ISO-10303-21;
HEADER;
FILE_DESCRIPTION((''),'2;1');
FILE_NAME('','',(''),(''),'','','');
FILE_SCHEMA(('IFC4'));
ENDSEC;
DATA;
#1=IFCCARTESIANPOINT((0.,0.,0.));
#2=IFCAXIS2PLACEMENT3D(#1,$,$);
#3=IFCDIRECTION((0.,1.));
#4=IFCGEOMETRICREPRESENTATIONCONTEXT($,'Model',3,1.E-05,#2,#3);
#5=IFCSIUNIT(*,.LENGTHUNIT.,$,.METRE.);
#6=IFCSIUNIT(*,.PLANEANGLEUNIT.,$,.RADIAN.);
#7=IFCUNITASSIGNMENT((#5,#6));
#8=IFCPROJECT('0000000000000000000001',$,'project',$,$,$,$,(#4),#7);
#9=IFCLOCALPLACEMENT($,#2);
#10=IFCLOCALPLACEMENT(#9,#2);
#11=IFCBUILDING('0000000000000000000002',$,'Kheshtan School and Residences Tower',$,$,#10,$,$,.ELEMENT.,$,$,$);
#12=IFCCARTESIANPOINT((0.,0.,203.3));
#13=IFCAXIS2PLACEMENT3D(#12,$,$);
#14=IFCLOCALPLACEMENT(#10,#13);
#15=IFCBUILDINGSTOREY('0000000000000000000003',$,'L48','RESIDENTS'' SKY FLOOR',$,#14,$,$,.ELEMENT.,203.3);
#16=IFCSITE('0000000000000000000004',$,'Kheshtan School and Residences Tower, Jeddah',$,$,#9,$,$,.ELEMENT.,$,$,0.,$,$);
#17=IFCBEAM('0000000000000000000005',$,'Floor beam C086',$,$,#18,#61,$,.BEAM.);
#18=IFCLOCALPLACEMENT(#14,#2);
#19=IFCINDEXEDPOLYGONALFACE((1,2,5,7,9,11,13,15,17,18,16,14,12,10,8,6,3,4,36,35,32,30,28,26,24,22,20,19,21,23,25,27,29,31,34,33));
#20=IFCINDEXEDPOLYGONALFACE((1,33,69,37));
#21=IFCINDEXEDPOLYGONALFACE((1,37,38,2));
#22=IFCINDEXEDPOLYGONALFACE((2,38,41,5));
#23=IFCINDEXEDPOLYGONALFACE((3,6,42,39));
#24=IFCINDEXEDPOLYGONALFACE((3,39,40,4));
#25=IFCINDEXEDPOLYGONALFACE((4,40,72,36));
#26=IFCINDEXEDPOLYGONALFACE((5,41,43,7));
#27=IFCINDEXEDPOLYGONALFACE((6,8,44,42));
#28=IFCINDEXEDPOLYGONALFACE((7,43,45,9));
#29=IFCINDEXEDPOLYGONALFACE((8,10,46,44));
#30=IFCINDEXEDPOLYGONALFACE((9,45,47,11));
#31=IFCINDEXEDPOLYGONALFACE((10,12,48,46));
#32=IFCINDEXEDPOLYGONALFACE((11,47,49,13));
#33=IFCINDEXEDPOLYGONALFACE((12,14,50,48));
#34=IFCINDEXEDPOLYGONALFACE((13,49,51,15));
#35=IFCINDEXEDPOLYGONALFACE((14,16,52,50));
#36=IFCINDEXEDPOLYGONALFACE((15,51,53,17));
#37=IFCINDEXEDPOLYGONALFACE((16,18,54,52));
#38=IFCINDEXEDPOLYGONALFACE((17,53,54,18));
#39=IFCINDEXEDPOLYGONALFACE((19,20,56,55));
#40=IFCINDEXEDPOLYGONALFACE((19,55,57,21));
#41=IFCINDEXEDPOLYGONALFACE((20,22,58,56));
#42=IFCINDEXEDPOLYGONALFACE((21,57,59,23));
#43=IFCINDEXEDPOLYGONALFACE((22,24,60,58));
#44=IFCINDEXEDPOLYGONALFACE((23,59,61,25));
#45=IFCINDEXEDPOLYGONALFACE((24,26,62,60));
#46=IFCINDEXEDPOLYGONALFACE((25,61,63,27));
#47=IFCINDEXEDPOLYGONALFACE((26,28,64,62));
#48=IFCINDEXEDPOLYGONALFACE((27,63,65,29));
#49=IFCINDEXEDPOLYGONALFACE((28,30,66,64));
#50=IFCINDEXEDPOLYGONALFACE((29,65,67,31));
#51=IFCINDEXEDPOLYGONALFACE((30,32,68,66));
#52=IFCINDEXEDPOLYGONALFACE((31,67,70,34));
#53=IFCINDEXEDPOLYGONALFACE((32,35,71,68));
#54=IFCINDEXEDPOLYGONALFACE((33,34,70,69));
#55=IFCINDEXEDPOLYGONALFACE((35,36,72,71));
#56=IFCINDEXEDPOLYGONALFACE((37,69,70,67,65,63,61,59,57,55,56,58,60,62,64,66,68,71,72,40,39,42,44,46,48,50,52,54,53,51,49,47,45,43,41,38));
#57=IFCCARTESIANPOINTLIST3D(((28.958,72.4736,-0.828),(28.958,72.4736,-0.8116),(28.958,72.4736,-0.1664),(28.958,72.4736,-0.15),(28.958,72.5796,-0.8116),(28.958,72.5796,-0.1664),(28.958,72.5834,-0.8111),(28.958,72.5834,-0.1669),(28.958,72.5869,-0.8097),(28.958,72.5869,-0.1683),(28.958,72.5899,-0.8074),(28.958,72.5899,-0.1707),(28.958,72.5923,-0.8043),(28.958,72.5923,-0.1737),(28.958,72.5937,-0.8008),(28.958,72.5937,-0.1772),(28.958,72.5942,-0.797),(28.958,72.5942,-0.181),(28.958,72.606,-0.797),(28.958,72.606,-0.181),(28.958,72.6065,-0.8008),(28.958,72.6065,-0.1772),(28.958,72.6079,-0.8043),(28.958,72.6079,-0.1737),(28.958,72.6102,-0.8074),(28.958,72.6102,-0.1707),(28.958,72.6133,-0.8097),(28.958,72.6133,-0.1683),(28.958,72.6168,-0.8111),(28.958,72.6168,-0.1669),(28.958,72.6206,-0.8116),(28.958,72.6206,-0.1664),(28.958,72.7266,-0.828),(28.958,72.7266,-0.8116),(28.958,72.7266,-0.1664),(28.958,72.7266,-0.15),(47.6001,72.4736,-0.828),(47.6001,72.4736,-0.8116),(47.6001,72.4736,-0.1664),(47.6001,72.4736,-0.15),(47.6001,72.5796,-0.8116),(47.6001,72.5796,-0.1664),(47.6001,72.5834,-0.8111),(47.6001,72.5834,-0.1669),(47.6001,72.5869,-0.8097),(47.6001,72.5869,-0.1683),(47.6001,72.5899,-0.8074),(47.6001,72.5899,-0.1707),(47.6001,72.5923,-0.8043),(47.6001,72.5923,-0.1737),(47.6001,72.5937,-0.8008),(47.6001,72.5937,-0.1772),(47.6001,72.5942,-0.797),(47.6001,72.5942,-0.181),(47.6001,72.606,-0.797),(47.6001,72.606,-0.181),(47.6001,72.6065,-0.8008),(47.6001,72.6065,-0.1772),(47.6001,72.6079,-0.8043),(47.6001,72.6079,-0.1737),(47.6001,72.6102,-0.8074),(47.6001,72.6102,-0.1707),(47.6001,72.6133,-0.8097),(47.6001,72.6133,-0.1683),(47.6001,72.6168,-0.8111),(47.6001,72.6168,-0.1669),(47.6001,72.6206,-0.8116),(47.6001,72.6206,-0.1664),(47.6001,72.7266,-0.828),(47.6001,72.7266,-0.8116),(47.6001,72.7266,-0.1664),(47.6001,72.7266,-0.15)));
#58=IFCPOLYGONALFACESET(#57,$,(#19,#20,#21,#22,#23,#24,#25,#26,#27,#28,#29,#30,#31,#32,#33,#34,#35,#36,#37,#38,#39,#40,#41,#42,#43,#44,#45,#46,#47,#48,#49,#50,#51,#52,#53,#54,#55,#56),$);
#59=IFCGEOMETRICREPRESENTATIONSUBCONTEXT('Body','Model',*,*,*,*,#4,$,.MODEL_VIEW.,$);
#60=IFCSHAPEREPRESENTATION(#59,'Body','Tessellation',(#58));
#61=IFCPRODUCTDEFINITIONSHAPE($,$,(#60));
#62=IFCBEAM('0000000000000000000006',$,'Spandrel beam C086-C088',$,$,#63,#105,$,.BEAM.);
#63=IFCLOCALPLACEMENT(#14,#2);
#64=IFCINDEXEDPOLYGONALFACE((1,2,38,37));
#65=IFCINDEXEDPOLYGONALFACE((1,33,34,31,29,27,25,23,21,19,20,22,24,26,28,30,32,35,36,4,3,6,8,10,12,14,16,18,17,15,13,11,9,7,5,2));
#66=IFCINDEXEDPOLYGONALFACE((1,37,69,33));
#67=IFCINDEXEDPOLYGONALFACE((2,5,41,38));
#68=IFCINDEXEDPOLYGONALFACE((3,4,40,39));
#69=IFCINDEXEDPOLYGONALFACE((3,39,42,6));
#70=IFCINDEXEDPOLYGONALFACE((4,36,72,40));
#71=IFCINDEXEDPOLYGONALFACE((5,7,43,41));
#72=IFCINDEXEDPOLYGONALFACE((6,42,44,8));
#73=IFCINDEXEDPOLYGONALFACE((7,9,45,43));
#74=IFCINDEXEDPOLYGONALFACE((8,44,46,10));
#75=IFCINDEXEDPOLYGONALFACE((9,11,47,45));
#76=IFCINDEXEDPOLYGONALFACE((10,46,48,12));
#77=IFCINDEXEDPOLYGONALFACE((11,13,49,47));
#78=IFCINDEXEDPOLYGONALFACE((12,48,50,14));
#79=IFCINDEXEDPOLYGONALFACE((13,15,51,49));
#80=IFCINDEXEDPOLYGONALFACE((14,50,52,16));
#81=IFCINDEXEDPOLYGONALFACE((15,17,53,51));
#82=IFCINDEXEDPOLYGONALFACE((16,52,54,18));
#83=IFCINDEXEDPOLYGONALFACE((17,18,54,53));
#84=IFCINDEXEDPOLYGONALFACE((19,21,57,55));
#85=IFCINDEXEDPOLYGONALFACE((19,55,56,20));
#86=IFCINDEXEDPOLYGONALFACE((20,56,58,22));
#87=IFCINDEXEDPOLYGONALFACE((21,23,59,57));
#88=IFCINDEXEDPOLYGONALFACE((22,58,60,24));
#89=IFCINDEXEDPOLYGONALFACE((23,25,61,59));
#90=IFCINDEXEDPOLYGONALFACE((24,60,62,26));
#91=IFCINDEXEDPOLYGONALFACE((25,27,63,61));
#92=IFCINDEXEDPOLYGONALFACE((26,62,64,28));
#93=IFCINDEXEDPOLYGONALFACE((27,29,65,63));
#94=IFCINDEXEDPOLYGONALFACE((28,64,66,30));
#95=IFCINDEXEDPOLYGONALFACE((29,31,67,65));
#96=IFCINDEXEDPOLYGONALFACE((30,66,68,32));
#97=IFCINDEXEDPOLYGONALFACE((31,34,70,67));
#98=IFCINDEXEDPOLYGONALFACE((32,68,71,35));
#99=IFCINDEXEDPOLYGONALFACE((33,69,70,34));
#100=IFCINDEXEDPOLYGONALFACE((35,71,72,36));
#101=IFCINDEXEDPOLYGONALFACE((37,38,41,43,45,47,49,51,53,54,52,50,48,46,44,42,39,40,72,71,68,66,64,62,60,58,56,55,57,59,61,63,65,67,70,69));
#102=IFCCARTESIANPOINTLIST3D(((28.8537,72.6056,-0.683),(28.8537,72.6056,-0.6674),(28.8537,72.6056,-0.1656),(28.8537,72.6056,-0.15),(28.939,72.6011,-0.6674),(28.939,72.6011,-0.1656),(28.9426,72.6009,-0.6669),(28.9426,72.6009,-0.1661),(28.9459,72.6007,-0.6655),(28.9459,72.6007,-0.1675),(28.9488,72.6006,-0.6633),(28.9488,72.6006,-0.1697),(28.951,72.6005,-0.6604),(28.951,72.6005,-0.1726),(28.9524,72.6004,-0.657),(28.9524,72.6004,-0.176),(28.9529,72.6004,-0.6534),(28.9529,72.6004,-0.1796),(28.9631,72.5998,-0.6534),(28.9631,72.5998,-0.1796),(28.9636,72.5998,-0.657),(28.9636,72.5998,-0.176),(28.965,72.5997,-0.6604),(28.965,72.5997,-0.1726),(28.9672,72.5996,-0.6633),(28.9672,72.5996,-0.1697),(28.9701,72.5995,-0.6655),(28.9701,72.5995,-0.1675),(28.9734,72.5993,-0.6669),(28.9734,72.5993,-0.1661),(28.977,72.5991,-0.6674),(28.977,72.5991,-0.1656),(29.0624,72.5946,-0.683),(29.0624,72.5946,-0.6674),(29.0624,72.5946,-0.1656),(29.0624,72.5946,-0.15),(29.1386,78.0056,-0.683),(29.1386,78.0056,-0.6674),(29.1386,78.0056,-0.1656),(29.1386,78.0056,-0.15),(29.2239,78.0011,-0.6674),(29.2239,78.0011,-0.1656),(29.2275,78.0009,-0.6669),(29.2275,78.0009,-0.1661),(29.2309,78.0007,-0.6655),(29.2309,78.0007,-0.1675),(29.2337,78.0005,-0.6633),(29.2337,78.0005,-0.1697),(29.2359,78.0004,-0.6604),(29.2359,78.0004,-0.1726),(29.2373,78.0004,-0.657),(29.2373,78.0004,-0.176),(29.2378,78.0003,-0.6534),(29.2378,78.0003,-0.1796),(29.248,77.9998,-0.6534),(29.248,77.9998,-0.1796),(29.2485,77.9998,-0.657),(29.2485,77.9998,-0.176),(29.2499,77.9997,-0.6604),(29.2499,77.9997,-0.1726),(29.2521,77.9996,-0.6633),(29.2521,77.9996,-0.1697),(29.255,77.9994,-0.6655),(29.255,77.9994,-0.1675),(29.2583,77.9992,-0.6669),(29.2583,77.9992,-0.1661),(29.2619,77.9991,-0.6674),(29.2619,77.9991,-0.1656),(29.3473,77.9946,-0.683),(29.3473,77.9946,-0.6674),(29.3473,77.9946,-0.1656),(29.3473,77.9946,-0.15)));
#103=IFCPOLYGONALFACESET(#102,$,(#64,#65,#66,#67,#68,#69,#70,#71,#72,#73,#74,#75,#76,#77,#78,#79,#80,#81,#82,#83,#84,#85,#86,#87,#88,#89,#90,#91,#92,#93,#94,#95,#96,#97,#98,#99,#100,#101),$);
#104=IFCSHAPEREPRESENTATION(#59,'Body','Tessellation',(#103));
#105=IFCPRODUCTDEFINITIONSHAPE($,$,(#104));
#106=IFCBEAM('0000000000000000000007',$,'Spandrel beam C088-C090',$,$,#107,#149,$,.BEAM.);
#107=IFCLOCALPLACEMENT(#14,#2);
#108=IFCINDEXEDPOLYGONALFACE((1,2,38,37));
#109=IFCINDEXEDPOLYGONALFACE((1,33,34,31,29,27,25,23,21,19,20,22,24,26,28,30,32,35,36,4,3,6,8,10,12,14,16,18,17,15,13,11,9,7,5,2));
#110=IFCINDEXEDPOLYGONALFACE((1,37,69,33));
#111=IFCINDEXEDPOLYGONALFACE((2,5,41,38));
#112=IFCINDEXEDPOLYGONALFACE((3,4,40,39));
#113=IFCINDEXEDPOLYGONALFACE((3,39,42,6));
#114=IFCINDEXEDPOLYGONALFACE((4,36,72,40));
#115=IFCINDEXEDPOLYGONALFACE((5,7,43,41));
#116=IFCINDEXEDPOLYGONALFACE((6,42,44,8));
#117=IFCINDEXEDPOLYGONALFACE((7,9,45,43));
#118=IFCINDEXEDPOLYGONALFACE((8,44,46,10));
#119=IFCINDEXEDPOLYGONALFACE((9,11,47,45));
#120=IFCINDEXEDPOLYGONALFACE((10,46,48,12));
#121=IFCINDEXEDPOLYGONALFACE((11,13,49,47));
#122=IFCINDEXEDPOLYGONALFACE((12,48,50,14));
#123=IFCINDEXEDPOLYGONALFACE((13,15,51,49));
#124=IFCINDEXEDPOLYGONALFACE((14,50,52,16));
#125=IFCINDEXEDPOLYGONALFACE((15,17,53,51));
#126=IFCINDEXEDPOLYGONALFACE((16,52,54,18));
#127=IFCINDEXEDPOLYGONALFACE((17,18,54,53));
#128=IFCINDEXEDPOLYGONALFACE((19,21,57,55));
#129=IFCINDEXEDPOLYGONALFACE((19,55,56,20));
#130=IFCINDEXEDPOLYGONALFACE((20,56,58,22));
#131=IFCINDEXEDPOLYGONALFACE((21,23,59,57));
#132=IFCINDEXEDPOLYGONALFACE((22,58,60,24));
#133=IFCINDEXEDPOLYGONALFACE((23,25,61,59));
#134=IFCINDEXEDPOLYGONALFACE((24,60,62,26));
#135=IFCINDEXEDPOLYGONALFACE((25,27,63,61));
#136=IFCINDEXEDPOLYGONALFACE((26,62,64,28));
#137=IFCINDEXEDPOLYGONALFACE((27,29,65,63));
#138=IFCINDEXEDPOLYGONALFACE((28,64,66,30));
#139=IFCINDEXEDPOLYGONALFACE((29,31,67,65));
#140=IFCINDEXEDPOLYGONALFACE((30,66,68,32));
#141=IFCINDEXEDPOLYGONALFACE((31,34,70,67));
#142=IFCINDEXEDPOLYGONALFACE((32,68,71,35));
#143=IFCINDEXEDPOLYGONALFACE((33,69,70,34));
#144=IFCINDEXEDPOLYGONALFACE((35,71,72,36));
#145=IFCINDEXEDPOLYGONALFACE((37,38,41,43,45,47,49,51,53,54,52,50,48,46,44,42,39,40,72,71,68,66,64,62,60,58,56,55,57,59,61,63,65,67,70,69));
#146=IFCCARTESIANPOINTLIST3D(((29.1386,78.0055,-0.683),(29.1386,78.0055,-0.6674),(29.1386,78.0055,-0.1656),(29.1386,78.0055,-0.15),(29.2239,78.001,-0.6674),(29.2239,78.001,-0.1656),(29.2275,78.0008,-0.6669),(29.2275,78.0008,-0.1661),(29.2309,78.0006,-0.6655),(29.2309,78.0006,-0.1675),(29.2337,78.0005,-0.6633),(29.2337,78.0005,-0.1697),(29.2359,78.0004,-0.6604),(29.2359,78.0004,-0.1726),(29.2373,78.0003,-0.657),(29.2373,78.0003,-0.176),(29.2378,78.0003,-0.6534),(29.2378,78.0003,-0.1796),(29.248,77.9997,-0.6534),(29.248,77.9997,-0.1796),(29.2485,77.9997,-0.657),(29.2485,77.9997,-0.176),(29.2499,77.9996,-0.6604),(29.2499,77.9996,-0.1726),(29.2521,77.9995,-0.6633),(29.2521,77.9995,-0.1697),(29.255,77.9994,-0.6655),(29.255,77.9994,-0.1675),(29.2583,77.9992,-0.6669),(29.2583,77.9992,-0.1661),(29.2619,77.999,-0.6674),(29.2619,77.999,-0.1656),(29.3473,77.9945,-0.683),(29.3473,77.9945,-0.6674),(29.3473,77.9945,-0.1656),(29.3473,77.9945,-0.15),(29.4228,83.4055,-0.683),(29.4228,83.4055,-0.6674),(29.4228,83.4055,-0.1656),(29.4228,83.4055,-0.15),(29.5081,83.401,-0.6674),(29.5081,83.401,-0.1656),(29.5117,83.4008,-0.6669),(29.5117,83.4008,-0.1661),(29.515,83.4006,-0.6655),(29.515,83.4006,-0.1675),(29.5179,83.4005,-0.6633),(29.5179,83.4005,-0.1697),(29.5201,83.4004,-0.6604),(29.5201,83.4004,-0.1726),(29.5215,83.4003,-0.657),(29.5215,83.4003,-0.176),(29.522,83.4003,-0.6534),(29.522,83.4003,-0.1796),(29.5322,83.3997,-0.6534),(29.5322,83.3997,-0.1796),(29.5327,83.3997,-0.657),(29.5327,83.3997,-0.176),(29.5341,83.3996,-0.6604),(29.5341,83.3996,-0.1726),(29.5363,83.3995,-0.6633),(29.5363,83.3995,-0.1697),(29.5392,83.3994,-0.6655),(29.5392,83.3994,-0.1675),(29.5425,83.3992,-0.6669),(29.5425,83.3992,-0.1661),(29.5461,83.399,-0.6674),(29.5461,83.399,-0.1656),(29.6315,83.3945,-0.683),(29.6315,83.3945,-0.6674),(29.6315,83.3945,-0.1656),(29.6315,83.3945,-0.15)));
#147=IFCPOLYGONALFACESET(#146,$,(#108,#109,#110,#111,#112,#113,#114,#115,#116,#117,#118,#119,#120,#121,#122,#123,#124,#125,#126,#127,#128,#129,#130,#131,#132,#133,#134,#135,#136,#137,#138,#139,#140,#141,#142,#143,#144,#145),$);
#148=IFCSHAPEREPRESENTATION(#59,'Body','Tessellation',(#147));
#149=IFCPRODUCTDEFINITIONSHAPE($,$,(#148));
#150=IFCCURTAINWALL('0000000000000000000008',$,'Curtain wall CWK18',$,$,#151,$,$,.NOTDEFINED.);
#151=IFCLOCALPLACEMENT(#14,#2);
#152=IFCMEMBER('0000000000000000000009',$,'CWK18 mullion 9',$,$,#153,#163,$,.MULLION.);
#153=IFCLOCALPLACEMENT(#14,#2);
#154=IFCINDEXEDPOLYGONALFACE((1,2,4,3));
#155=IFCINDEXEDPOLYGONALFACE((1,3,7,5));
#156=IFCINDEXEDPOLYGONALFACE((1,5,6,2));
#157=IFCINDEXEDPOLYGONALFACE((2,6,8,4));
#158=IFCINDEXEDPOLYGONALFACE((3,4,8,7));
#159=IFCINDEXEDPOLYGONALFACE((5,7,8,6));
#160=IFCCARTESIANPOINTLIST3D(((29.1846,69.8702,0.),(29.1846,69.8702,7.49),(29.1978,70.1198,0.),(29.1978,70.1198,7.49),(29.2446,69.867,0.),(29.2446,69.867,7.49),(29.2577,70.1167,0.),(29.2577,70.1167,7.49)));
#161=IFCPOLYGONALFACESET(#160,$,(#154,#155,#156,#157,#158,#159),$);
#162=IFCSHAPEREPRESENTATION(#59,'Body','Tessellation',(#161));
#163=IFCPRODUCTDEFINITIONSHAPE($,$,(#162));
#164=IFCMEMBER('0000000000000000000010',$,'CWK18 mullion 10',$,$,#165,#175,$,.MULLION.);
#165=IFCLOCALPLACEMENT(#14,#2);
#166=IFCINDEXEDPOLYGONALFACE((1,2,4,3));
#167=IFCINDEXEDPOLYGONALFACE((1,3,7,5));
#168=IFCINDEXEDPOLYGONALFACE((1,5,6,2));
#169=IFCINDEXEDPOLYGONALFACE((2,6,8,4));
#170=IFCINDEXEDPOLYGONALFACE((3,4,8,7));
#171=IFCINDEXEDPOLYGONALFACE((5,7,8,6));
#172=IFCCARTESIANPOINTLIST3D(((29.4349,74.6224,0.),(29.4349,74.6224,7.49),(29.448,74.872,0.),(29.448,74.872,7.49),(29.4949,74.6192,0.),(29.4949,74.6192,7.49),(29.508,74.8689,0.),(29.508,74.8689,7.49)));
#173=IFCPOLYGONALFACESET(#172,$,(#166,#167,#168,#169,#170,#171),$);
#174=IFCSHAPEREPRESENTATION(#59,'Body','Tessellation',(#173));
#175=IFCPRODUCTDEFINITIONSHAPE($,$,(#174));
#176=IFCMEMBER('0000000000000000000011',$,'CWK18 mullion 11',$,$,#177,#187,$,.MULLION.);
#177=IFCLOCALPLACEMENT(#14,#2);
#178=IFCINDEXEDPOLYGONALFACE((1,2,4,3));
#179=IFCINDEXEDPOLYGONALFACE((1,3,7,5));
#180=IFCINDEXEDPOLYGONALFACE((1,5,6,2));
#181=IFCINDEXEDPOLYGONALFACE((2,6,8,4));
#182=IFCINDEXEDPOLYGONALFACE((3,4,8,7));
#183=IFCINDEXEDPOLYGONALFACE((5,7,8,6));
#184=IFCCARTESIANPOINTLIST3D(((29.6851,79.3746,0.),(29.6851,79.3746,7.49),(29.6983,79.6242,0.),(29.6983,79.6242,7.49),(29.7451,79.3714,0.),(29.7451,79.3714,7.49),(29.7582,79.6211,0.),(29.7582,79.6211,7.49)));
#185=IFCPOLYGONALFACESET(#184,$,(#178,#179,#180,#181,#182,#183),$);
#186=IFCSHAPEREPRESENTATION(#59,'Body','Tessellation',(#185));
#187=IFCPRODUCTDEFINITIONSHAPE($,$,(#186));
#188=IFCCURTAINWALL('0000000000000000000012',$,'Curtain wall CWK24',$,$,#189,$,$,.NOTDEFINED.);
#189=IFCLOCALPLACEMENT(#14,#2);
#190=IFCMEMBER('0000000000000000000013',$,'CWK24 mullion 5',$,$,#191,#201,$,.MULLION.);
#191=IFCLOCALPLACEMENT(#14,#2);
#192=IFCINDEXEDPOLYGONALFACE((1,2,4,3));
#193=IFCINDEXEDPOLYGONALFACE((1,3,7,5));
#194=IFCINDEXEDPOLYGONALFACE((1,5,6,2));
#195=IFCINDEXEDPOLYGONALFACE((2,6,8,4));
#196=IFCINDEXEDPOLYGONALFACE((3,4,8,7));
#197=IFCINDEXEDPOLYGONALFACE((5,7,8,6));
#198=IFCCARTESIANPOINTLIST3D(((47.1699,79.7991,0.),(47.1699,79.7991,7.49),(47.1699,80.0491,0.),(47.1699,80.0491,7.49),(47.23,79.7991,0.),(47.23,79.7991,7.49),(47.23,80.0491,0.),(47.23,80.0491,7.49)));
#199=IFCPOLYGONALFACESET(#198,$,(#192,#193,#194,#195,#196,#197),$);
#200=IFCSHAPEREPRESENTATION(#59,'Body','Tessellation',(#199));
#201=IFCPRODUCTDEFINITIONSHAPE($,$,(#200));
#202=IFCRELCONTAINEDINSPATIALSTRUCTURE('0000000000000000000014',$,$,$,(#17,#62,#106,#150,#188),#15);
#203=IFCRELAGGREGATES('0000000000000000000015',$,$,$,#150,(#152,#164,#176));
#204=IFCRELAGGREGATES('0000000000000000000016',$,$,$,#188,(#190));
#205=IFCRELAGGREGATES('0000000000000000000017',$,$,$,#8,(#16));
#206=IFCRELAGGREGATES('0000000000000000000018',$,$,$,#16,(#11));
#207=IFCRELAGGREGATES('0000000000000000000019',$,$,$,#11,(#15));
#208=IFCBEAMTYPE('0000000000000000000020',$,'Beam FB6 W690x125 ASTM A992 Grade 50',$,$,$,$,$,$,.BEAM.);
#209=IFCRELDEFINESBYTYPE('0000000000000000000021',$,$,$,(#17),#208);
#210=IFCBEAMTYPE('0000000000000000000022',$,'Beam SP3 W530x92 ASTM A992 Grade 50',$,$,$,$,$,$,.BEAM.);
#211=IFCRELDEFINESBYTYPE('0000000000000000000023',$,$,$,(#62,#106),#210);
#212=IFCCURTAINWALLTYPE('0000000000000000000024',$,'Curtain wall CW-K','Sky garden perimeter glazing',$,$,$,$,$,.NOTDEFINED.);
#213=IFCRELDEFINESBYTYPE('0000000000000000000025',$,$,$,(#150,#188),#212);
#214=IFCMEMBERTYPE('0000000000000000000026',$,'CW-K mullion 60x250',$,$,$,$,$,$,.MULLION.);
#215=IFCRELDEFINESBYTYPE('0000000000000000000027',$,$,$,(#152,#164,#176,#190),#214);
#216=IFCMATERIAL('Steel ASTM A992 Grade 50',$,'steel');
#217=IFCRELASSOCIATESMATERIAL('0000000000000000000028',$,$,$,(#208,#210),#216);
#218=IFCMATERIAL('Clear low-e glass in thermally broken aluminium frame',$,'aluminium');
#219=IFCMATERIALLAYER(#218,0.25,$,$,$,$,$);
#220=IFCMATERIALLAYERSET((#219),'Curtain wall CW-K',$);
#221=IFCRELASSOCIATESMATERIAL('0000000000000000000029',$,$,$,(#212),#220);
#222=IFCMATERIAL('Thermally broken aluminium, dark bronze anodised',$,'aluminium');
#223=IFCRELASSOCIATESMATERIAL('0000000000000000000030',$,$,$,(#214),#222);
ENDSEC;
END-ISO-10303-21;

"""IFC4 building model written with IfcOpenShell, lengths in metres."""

from ifc_helpers import new_model, si_unit, direction, frame, origin, origin_2d, place, context, subcontext, project, spatial, rectangle, i_section, extrude, material, layer, layer_set, material_profile, profile_set, type_object, element, aggregate, save


model = new_model("IFC4")

# Units and contexts
model_context = context("Model", 3, precision=1e-05, world=origin(), true_north=direction((0.0, 1.0)))
body_context = subcontext(model_context, "Body", "Model", "MODEL_VIEW")
ifc_project = project(units=[si_unit("LENGTHUNIT", "METRE"), si_unit("PLANEANGLEUNIT", "RADIAN")], contexts=[model_context])

# Site, building, storey
site_placement = place(None, origin())
site = spatial("IfcSite", under=ifc_project, at=site_placement, Name="Kheshtan School and Residences Tower, Jeddah", CompositionType="ELEMENT", RefElevation=0.0)
building_placement = place(site_placement, origin())
building = spatial("IfcBuilding", under=site, at=building_placement, Name="Kheshtan School and Residences Tower", CompositionType="ELEMENT")
storey_placement = place(building_placement, frame((0.0, 0.0, 203.3)))
storey = spatial("IfcBuildingStorey", under=building, at=storey_placement, Name="L48", Description="RESIDENTS' SKY FLOOR", CompositionType="ELEMENT", Elevation=203.3)

# Shared definitions
ifc_material_1 = material(Name="Steel ASTM A992 Grade 50", Category="steel")

# Beams
ifc_material_profile_1 = material_profile(ifc_material_1, i_section(OverallWidth=0.2529, OverallDepth=0.678, WebThickness=0.0117, FlangeThickness=0.0164, FilletRadius=0.0146, at=origin_2d()), Name="W690x125")
ifc_profile_set_1 = profile_set([ifc_material_profile_1], Name="Steel ASTM A992 Grade 50")
beam_type_1 = type_object("IfcBeamType", Name="Beam FB6 W690x125 ASTM A992 Grade 50", PredefinedType="BEAM", material=ifc_profile_set_1)
beam_placement = place(storey_placement, frame((28.958, 72.6001, -0.489), z_axis=(1.0, 0.0, 0.0), x_axis=(0.0, 1.0, 0.0)))
element("IfcBeam", 1, at=beam_placement, inside=storey, type_object=beam_type_1, Name="Floor beam C086", PredefinedType="BEAM", context=body_context, shape_type="SweptSolid", body=[
    extrude(i_section(OverallWidth=0.2529, OverallDepth=0.678, WebThickness=0.0117, FlangeThickness=0.0164, FilletRadius=0.0146, at=origin_2d()), origin(), (0.0, 0.0, 1.0), 18.6421),
])
ifc_material_profile_2 = material_profile(ifc_material_1, i_section(OverallWidth=0.209, OverallDepth=0.533, WebThickness=0.0103, FlangeThickness=0.0156, FilletRadius=0.0139, at=origin_2d()), Name="W530x92")
ifc_profile_set_2 = profile_set([ifc_material_profile_2], Name="Steel ASTM A992 Grade 50")
beam_type_2 = type_object("IfcBeamType", Name="Beam SP3 W530x92 ASTM A992 Grade 50", PredefinedType="BEAM", material=ifc_profile_set_2)
for number, where, z_axis, x_axis, name in (
    (2, (28.958, 72.6001, -0.4165), (0.052689, 0.998611, 0.0), (-0.998611, 0.052689, 0.0), "Spandrel beam C086-C088"),
    (3, (29.2429, 78.0, -0.4165), (0.052554, 0.998618, 0.0), (-0.998618, 0.052554, 0.0), "Spandrel beam C088-C090"),
):
    element("IfcBeam", number, at=place(storey_placement, frame(where, z_axis=z_axis, x_axis=x_axis)), inside=storey, type_object=beam_type_2, Name=name, PredefinedType="BEAM", context=body_context, shape_type="SweptSolid", body=[
        extrude(i_section(OverallWidth=0.209, OverallDepth=0.533, WebThickness=0.0103, FlangeThickness=0.0156, FilletRadius=0.0139, at=origin_2d()), origin(), (0.0, 0.0, 1.0), 5.4075),
    ])

# Curtain walls, members
ifc_material_2 = material(Name="Clear low-e glass in thermally broken aluminium frame", Category="aluminium")
ifc_layer_1 = layer(ifc_material_2, 0.25)
ifc_layer_set_1 = layer_set([ifc_layer_1], Name="Curtain wall CW-K")
curtain_wall_type = type_object("IfcCurtainWallType", Name="Curtain wall CW-K", Description="Sky garden perimeter glazing", PredefinedType="NOTDEFINED", material=ifc_layer_set_1)
curtain_wall_1_placement = place(storey_placement, origin())
curtain_wall_1 = element("IfcCurtainWall", 4, at=curtain_wall_1_placement, inside=storey, type_object=curtain_wall_type, Name="Curtain wall CWK18", PredefinedType="NOTDEFINED")
ifc_material_3 = material(Name="Thermally broken aluminium, dark bronze anodised", Category="aluminium")
ifc_material_profile_3 = material_profile(ifc_material_3, rectangle(XDim=0.0601, YDim=0.25, at=origin_2d()), Name="CW-K mullion 60x250")
ifc_profile_set_3 = profile_set([ifc_material_profile_3], Name="Thermally broken aluminium, dark bronze anodised")
member_type = type_object("IfcMemberType", Name="CW-K mullion 60x250", PredefinedType="MULLION", material=ifc_profile_set_3)
member_1_placement = place(storey_placement, frame((29.2212, 69.9934, 0.0), z_axis=(0.0, 0.0, 1.0), x_axis=(-0.998617, 0.052565, 0.0)))
member_1 = element("IfcMember", 5, at=member_1_placement, type_object=member_type, Name="CWK18 mullion 9", PredefinedType="MULLION", context=body_context, shape_type="SweptSolid", body=[
    extrude(rectangle(XDim=0.0601, YDim=0.25, at=origin_2d()), origin(), (0.0, 0.0, 1.0), 7.49),
])
member_2_placement = place(storey_placement, frame((29.4714, 74.7456, 0.0), z_axis=(0.0, 0.0, 1.0), x_axis=(-0.998617, 0.052565, 0.0)))
member_2 = element("IfcMember", 6, at=member_2_placement, type_object=member_type, Name="CWK18 mullion 10", PredefinedType="MULLION", context=body_context, shape_type="SweptSolid", body=[
    extrude(rectangle(XDim=0.0601, YDim=0.25, at=origin_2d()), origin(), (0.0, 0.0, 1.0), 7.49),
])
member_3_placement = place(storey_placement, frame((29.7217, 79.4978, 0.0), z_axis=(0.0, 0.0, 1.0), x_axis=(-0.998617, 0.052565, 0.0)))
member_3 = element("IfcMember", 7, at=member_3_placement, type_object=member_type, Name="CWK18 mullion 11", PredefinedType="MULLION", context=body_context, shape_type="SweptSolid", body=[
    extrude(rectangle(XDim=0.0601, YDim=0.25, at=origin_2d()), origin(), (0.0, 0.0, 1.0), 7.49),
])
curtain_wall_2_placement = place(storey_placement, origin())
curtain_wall_2 = element("IfcCurtainWall", 8, at=curtain_wall_2_placement, inside=storey, type_object=curtain_wall_type, Name="Curtain wall CWK24", PredefinedType="NOTDEFINED")
member_4_placement = place(storey_placement, frame((47.2, 79.9241, 0.0), z_axis=(0.0, 0.0, 1.0), x_axis=(1.0, 0.0, 0.0)))
member_4 = element("IfcMember", 9, at=member_4_placement, type_object=member_type, Name="CWK24 mullion 5", PredefinedType="MULLION", context=body_context, shape_type="SweptSolid", body=[
    extrude(rectangle(XDim=0.0601, YDim=0.25, at=origin_2d()), origin(), (0.0, 0.0, 1.0), 7.49),
])

aggregate(curtain_wall_1, [member_1, member_2, member_3])
aggregate(curtain_wall_2, [member_4])

save(model, "model.ifc")
